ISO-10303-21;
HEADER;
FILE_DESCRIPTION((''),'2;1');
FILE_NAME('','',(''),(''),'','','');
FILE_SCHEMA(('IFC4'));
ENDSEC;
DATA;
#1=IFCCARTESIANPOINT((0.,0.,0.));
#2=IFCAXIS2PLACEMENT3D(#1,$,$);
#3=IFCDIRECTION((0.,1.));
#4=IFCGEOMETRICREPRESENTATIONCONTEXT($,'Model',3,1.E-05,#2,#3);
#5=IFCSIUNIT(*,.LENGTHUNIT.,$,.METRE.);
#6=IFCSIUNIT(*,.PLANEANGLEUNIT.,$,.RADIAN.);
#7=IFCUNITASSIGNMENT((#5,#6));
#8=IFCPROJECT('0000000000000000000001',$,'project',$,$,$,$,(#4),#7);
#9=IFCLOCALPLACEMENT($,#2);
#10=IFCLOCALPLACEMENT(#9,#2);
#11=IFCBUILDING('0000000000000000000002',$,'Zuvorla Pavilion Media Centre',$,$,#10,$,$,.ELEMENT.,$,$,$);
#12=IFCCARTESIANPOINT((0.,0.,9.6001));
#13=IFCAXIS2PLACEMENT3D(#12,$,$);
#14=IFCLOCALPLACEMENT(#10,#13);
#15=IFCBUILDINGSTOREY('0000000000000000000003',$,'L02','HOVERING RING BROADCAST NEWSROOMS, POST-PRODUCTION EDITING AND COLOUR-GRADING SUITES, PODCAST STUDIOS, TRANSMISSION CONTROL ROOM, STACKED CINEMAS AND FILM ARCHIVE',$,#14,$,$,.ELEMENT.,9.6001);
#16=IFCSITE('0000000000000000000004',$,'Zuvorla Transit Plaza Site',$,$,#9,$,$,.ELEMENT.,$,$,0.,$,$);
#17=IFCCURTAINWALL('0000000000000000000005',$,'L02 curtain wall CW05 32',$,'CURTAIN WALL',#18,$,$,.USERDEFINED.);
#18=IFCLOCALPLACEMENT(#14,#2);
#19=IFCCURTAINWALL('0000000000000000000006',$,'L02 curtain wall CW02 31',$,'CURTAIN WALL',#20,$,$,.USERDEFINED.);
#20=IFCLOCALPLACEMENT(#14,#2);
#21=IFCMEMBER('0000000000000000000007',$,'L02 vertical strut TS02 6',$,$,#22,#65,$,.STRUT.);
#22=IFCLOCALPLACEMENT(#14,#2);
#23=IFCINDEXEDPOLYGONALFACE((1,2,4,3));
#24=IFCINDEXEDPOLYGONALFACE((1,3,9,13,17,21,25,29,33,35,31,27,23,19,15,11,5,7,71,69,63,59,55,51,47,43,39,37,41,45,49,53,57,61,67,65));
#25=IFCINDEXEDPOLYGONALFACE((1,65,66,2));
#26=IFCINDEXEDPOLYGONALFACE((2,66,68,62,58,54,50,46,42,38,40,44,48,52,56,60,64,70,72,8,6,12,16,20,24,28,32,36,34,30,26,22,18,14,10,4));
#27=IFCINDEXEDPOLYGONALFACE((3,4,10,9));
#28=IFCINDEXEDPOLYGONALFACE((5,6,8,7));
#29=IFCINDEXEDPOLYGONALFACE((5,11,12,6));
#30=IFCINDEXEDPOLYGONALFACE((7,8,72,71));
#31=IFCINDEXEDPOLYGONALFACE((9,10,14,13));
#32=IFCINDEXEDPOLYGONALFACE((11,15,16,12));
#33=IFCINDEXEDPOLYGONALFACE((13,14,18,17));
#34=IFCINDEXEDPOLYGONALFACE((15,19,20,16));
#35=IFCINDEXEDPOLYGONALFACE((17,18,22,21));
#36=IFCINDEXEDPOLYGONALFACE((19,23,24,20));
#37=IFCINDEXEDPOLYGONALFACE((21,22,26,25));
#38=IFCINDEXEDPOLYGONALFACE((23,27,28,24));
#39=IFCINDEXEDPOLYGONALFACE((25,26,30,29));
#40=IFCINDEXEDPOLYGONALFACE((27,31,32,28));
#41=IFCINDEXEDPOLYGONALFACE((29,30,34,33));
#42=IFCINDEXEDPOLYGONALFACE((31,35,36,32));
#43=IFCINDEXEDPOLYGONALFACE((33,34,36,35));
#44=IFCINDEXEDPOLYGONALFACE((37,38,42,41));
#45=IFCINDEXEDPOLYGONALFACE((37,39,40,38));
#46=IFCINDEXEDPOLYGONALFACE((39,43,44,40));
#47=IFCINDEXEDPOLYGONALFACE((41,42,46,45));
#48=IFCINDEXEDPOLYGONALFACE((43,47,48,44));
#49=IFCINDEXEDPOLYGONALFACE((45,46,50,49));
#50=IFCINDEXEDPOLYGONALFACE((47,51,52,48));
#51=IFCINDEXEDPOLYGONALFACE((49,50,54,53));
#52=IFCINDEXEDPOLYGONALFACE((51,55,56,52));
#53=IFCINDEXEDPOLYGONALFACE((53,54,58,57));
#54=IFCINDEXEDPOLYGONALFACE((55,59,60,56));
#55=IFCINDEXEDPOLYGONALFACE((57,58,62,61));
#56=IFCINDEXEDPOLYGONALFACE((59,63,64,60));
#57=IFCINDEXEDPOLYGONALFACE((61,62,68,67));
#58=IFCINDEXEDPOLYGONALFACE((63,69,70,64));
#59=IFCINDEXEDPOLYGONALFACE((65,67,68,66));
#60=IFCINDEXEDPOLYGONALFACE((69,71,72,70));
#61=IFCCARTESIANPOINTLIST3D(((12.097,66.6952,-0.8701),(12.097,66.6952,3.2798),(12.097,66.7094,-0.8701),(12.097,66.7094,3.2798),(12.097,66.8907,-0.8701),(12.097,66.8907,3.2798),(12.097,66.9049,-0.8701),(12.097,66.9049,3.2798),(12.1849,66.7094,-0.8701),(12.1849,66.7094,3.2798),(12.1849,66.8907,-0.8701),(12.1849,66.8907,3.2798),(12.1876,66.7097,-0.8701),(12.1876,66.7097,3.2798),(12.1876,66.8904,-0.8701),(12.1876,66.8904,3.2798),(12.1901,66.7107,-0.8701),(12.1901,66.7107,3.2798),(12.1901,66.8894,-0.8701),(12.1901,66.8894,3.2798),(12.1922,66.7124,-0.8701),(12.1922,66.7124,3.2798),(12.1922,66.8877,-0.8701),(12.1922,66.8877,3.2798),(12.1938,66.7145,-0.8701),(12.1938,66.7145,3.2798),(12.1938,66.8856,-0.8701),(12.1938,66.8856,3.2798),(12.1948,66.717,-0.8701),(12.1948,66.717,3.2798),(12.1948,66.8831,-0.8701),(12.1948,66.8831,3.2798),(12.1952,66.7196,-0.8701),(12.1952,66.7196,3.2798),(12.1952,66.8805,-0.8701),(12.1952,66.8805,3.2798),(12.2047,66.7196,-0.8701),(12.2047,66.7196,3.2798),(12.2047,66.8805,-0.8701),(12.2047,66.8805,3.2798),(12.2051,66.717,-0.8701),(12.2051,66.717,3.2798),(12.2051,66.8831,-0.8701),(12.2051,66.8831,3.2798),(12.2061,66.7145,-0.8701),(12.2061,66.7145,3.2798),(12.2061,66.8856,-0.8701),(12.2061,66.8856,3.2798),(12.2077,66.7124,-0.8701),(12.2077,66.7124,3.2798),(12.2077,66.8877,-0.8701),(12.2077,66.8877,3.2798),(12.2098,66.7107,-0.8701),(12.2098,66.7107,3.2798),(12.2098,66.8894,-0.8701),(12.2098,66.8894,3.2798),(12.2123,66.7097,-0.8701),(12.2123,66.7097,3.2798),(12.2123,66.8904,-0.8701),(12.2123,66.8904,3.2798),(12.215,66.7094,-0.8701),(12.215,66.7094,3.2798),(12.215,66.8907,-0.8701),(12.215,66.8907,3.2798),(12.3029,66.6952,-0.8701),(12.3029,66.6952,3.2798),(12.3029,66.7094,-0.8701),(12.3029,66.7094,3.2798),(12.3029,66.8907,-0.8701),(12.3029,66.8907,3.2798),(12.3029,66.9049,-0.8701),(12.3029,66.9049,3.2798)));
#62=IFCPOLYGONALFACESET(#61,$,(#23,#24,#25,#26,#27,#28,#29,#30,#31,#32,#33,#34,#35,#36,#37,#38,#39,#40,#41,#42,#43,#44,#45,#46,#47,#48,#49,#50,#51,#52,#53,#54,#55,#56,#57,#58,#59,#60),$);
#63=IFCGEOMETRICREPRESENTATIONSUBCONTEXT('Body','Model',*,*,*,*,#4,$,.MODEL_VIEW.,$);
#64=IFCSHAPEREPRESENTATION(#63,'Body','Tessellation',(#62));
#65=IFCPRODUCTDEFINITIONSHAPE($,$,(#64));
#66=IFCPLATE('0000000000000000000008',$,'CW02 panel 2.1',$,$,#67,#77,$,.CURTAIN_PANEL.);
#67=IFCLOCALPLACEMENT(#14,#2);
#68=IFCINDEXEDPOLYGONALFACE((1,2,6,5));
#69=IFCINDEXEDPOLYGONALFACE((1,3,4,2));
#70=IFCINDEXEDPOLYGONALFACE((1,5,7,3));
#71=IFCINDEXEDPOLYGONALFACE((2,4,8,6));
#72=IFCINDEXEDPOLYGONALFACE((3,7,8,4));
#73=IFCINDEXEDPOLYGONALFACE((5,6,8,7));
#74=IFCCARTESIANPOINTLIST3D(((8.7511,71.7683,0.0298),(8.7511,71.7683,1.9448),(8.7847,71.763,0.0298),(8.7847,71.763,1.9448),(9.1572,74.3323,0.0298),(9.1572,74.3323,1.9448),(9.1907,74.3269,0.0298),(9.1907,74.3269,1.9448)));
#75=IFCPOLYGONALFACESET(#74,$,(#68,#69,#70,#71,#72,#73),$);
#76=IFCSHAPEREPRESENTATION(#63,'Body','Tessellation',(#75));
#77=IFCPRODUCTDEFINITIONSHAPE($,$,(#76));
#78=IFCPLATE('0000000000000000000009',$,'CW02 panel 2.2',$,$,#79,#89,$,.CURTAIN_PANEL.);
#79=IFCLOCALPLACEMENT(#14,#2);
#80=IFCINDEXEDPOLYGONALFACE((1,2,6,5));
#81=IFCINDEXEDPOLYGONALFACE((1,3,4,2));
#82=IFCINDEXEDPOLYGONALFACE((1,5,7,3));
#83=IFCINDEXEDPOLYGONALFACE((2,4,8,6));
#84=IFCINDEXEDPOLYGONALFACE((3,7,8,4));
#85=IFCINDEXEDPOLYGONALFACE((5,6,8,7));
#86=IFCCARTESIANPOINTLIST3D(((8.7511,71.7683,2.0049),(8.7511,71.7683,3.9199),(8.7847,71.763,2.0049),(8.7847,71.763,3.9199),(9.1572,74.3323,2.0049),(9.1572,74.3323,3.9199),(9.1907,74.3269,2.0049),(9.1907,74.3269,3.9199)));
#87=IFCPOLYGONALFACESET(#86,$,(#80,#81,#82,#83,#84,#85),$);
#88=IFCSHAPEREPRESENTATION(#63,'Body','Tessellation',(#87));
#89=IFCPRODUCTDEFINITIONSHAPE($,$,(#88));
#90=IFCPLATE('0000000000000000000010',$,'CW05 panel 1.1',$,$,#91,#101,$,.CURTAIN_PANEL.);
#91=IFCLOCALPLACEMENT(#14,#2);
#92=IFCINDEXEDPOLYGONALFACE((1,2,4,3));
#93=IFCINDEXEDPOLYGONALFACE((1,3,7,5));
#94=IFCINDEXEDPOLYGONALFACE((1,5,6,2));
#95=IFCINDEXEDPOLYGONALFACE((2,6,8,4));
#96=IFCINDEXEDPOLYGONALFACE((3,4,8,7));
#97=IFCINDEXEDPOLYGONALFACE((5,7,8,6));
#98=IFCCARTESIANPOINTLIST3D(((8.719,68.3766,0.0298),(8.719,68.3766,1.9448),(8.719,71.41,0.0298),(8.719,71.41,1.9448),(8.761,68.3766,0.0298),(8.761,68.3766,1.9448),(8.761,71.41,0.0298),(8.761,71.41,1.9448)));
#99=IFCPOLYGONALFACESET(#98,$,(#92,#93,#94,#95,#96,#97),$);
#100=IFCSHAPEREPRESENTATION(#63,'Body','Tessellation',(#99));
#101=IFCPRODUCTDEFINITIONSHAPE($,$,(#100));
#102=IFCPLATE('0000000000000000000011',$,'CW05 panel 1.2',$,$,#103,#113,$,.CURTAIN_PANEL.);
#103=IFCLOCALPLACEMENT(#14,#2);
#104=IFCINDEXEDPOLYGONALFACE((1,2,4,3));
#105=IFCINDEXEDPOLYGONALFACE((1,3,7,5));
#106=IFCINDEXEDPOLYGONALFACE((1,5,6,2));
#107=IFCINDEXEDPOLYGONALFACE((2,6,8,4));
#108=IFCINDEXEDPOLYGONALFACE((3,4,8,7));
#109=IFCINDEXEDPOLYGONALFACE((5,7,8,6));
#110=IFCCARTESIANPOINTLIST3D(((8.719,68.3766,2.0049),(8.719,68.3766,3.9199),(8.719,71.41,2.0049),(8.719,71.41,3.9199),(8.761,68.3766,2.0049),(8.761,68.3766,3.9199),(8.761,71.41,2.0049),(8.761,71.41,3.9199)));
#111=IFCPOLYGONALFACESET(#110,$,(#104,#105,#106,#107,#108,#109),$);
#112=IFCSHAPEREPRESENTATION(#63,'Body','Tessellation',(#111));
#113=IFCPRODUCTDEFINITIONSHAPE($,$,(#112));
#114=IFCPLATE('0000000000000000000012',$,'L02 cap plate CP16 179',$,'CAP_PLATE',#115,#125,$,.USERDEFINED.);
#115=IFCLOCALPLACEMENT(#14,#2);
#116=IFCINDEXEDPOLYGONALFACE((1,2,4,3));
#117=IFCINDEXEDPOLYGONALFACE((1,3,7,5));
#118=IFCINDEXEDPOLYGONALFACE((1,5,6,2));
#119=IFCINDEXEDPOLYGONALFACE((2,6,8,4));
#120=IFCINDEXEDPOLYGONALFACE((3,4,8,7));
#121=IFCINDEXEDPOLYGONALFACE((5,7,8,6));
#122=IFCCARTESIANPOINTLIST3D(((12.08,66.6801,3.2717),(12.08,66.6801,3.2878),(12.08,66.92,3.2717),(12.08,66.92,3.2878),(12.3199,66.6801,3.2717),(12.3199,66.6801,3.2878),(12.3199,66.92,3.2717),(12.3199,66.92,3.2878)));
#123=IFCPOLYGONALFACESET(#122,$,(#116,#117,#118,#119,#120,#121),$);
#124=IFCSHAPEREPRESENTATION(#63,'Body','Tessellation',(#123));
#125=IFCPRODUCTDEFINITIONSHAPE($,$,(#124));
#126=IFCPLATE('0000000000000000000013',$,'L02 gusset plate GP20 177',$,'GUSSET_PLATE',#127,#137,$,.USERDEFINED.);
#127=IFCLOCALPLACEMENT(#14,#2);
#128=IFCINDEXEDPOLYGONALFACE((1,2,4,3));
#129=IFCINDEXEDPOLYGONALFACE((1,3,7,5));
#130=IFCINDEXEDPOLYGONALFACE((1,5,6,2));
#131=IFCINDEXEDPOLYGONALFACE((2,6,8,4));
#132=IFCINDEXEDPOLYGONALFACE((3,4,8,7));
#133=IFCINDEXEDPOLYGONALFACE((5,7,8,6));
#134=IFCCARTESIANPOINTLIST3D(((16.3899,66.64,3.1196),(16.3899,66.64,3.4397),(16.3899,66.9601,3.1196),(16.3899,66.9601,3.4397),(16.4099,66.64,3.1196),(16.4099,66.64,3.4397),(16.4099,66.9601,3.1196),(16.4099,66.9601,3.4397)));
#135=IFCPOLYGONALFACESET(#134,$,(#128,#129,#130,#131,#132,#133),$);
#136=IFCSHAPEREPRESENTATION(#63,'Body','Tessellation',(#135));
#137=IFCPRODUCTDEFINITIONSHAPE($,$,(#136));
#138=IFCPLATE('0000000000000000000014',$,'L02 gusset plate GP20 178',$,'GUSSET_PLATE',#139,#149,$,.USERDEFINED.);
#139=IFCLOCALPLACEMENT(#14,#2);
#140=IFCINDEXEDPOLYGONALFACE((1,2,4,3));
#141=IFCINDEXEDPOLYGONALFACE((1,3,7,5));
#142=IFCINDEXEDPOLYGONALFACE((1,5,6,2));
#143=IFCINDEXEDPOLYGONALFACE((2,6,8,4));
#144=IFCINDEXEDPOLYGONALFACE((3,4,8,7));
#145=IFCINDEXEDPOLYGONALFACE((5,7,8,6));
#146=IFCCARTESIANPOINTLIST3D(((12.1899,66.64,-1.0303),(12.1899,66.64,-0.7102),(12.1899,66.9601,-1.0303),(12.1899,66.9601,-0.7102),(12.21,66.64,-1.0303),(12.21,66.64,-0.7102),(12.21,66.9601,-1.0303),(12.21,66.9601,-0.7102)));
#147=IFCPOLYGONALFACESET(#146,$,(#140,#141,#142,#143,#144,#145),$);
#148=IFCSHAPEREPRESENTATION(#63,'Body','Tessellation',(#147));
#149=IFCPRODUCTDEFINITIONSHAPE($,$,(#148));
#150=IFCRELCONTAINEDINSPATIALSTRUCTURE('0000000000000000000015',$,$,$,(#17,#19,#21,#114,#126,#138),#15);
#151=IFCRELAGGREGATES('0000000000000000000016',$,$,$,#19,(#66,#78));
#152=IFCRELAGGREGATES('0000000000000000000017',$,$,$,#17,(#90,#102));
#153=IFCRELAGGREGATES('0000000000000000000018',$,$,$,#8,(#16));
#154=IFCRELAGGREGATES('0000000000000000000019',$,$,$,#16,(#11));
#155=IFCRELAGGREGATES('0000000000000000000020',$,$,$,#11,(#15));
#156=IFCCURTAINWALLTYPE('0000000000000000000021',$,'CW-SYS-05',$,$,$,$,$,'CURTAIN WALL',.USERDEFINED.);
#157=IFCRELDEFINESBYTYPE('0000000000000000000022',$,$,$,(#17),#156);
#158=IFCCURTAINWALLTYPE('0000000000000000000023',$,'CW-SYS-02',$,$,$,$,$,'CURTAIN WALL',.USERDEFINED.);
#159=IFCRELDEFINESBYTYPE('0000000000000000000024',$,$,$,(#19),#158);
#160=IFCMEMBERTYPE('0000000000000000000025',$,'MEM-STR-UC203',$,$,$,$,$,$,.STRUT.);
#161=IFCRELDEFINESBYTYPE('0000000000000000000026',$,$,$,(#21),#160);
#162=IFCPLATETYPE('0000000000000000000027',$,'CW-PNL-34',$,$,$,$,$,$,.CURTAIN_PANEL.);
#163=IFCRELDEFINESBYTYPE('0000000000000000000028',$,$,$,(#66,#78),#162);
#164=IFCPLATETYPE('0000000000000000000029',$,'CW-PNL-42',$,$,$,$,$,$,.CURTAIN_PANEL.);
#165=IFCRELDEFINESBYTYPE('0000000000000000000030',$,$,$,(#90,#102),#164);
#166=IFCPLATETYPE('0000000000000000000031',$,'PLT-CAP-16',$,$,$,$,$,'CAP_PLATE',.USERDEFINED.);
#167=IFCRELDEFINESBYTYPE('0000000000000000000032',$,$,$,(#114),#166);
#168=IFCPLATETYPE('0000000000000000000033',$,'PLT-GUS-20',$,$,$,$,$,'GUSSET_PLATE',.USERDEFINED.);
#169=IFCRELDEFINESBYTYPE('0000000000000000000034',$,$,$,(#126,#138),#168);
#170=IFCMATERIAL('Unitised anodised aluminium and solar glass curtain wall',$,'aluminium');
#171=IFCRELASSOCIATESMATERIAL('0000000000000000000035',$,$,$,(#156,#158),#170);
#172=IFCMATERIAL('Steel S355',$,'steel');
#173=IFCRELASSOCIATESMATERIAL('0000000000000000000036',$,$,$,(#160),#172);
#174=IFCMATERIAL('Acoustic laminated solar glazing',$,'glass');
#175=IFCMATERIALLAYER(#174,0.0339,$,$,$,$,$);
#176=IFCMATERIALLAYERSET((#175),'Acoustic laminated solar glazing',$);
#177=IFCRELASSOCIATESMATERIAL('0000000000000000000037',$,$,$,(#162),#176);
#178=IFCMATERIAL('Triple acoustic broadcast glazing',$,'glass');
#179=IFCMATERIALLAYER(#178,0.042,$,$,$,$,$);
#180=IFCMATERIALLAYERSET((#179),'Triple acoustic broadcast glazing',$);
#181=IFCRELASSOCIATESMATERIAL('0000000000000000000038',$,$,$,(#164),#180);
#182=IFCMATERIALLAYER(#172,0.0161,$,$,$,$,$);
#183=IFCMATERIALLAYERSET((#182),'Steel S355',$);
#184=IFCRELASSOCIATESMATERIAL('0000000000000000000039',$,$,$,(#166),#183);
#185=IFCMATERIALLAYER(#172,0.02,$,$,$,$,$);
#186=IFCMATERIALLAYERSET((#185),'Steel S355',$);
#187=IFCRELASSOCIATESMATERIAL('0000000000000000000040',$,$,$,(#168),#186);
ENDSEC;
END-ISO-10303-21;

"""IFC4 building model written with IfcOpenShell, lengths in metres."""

from ifc_helpers import new_model, si_unit, direction, frame, origin, origin_2d, place, context, subcontext, project, spatial, rectangle, i_section, extrude, material, layer, layer_set, material_profile, profile_set, type_object, element, aggregate, save


model = new_model("IFC4")

# Units and contexts
model_context = context("Model", 3, precision=1e-05, world=origin(), true_north=direction((0.0, 1.0)))
body_context = subcontext(model_context, "Body", "Model", "MODEL_VIEW")
ifc_project = project(units=[si_unit("LENGTHUNIT", "METRE"), si_unit("PLANEANGLEUNIT", "RADIAN")], contexts=[model_context])

# Site, building, storey
site_placement = place(None, origin())
site = spatial("IfcSite", under=ifc_project, at=site_placement, Name="Zuvorla Transit Plaza Site", CompositionType="ELEMENT", RefElevation=0.0)
building_placement = place(site_placement, origin())
building = spatial("IfcBuilding", under=site, at=building_placement, Name="Zuvorla Pavilion Media Centre", CompositionType="ELEMENT")
storey_placement = place(building_placement, frame((0.0, 0.0, 9.6001)))
storey = spatial("IfcBuildingStorey", under=building, at=storey_placement, Name="L02", Description="HOVERING RING BROADCAST NEWSROOMS, POST-PRODUCTION EDITING AND COLOUR-GRADING SUITES, PODCAST STUDIOS, TRANSMISSION CONTROL ROOM, STACKED CINEMAS AND FILM ARCHIVE", CompositionType="ELEMENT", Elevation=9.6001)

# Shared definitions
ifc_material_1 = material(Name="Steel S355", Category="steel")

# Curtain walls
ifc_material_2 = material(Name="Unitised anodised aluminium and solar glass curtain wall", Category="aluminium")
curtain_wall_type_1 = type_object("IfcCurtainWallType", Name="CW-SYS-05", ElementType="CURTAIN WALL", PredefinedType="USERDEFINED", material=ifc_material_2)
curtain_wall_1_placement = place(storey_placement, origin())
curtain_wall_1 = element("IfcCurtainWall", 1, at=curtain_wall_1_placement, inside=storey, type_object=curtain_wall_type_1, Name="L02 curtain wall CW05 32", ObjectType="CURTAIN WALL", PredefinedType="USERDEFINED")
curtain_wall_type_2 = type_object("IfcCurtainWallType", Name="CW-SYS-02", ElementType="CURTAIN WALL", PredefinedType="USERDEFINED", material=ifc_material_2)
curtain_wall_2_placement = place(storey_placement, origin())
curtain_wall_2 = element("IfcCurtainWall", 2, at=curtain_wall_2_placement, inside=storey, type_object=curtain_wall_type_2, Name="L02 curtain wall CW02 31", ObjectType="CURTAIN WALL", PredefinedType="USERDEFINED")

# Member
ifc_material_profile_1 = material_profile(ifc_material_1, i_section(OverallWidth=0.2058, OverallDepth=0.2097, WebThickness=0.0095, FlangeThickness=0.0142, FilletRadius=0.0103, at=origin_2d()), Name="UC 203x203x60")
ifc_profile_set_1 = profile_set([ifc_material_profile_1], Name="Steel S355")
member_type_1 = type_object("IfcMemberType", Name="MEM-STR-UC203", PredefinedType="STRUT", material=ifc_profile_set_1)
member_1_placement = place(storey_placement, frame((12.2, 66.8, -0.8701), z_axis=(0.0, 0.0, 1.0), x_axis=(1.0, 0.0, 0.0)))
element("IfcMember", 3, at=member_1_placement, inside=storey, type_object=member_type_1, Name="L02 vertical strut TS02 6", PredefinedType="STRUT", context=body_context, shape_type="SweptSolid", body=[
    extrude(i_section(OverallWidth=0.2058, OverallDepth=0.2097, WebThickness=0.0095, FlangeThickness=0.0142, FilletRadius=0.0103, at=origin_2d()), origin(), (0.0, 0.0, 1.0), 4.1499),
])

# Plates
ifc_material_3 = material(Name="Acoustic laminated solar glazing", Category="glass")
ifc_layer_1 = layer(ifc_material_3, 0.0339)
ifc_layer_set_1 = layer_set([ifc_layer_1], Name="Acoustic laminated solar glazing")
plate_type_1 = type_object("IfcPlateType", Name="CW-PNL-34", PredefinedType="CURTAIN_PANEL", material=ifc_layer_set_1)
plate_1_placement = place(storey_placement, frame((8.9709, 73.0476, 0.0298), z_axis=(0.0, 0.0, 1.0), x_axis=(-0.156429, -0.987689, 0.0)))
plate_1 = element("IfcPlate", 4, at=plate_1_placement, type_object=plate_type_1, Name="CW02 panel 2.1", PredefinedType="CURTAIN_PANEL", context=body_context, shape_type="SweptSolid", body=[
    extrude(rectangle(XDim=2.5959, YDim=0.0339, at=origin_2d()), origin(), (0.0, 0.0, 1.0), 1.915),
])
plate_2_placement = place(storey_placement, frame((8.9709, 73.0476, 2.0049), z_axis=(0.0, 0.0, 1.0), x_axis=(-0.156429, -0.987689, 0.0)))
plate_2 = element("IfcPlate", 5, at=plate_2_placement, type_object=plate_type_1, Name="CW02 panel 2.2", PredefinedType="CURTAIN_PANEL", context=body_context, shape_type="SweptSolid", body=[
    extrude(rectangle(XDim=2.5959, YDim=0.0339, at=origin_2d()), origin(), (0.0, 0.0, 1.0), 1.915),
])
aggregate(curtain_wall_2, [plate_1, plate_2])
ifc_material_4 = material(Name="Triple acoustic broadcast glazing", Category="glass")
ifc_layer_2 = layer(ifc_material_4, 0.042)
ifc_layer_set_2 = layer_set([ifc_layer_2], Name="Triple acoustic broadcast glazing")
plate_type_2 = type_object("IfcPlateType", Name="CW-PNL-42", PredefinedType="CURTAIN_PANEL", material=ifc_layer_set_2)
plate_3_placement = place(storey_placement, frame((8.74, 69.8933, 0.0298), z_axis=(0.0, 0.0, 1.0), x_axis=(0.0, -1.0, 0.0)))
plate_3 = element("IfcPlate", 6, at=plate_3_placement, type_object=plate_type_2, Name="CW05 panel 1.1", PredefinedType="CURTAIN_PANEL", context=body_context, shape_type="SweptSolid", body=[
    extrude(rectangle(XDim=3.0334, YDim=0.042, at=origin_2d()), origin(), (0.0, 0.0, 1.0), 1.915),
])
plate_4_placement = place(storey_placement, frame((8.74, 69.8933, 2.0049), z_axis=(0.0, 0.0, 1.0), x_axis=(0.0, -1.0, 0.0)))
plate_4 = element("IfcPlate", 7, at=plate_4_placement, type_object=plate_type_2, Name="CW05 panel 1.2", PredefinedType="CURTAIN_PANEL", context=body_context, shape_type="SweptSolid", body=[
    extrude(rectangle(XDim=3.0334, YDim=0.042, at=origin_2d()), origin(), (0.0, 0.0, 1.0), 1.915),
])
aggregate(curtain_wall_1, [plate_3, plate_4])

# Plates
ifc_layer_3 = layer(ifc_material_1, 0.0161)
ifc_layer_set_3 = layer_set([ifc_layer_3], Name="Steel S355")
plate_type_3 = type_object("IfcPlateType", Name="PLT-CAP-16", ElementType="CAP_PLATE", PredefinedType="USERDEFINED", material=ifc_layer_set_3)
plate_5_placement = place(storey_placement, frame((12.2, 66.8, 3.2717), z_axis=(0.0, 0.0, 1.0), x_axis=(1.0, 0.0, 0.0)))
element("IfcPlate", 8, at=plate_5_placement, inside=storey, type_object=plate_type_3, Name="L02 cap plate CP16 179", ObjectType="CAP_PLATE", PredefinedType="USERDEFINED", context=body_context, shape_type="SweptSolid", body=[
    extrude(rectangle(XDim=0.24, YDim=0.24, at=origin_2d()), origin(), (0.0, 0.0, 1.0), 0.0161),
])
ifc_layer_4 = layer(ifc_material_1, 0.02)
ifc_layer_set_4 = layer_set([ifc_layer_4], Name="Steel S355")
plate_type_4 = type_object("IfcPlateType", Name="PLT-GUS-20", ElementType="GUSSET_PLATE", PredefinedType="USERDEFINED", material=ifc_layer_set_4)
for number, where, z_axis, x_axis, name in (
    (9, (16.3999, 66.8, 3.1196), (0.0, 0.0, 1.0), (1.0, 0.0, 0.0), "L02 gusset plate GP20 177"),
    (10, (12.2, 66.8, -1.0303), (0.0, 0.0, 1.0), (1.0, 0.0, 0.0), "L02 gusset plate GP20 178"),
):
    element("IfcPlate", number, at=place(storey_placement, frame(where, z_axis=z_axis, x_axis=x_axis)), inside=storey, type_object=plate_type_4, Name=name, ObjectType="GUSSET_PLATE", PredefinedType="USERDEFINED", context=body_context, shape_type="SweptSolid", body=[
        extrude(rectangle(XDim=0.02, YDim=0.3201, at=origin_2d()), origin(), (0.0, 0.0, 1.0), 0.3201),
    ])

save(model, "model.ifc")
